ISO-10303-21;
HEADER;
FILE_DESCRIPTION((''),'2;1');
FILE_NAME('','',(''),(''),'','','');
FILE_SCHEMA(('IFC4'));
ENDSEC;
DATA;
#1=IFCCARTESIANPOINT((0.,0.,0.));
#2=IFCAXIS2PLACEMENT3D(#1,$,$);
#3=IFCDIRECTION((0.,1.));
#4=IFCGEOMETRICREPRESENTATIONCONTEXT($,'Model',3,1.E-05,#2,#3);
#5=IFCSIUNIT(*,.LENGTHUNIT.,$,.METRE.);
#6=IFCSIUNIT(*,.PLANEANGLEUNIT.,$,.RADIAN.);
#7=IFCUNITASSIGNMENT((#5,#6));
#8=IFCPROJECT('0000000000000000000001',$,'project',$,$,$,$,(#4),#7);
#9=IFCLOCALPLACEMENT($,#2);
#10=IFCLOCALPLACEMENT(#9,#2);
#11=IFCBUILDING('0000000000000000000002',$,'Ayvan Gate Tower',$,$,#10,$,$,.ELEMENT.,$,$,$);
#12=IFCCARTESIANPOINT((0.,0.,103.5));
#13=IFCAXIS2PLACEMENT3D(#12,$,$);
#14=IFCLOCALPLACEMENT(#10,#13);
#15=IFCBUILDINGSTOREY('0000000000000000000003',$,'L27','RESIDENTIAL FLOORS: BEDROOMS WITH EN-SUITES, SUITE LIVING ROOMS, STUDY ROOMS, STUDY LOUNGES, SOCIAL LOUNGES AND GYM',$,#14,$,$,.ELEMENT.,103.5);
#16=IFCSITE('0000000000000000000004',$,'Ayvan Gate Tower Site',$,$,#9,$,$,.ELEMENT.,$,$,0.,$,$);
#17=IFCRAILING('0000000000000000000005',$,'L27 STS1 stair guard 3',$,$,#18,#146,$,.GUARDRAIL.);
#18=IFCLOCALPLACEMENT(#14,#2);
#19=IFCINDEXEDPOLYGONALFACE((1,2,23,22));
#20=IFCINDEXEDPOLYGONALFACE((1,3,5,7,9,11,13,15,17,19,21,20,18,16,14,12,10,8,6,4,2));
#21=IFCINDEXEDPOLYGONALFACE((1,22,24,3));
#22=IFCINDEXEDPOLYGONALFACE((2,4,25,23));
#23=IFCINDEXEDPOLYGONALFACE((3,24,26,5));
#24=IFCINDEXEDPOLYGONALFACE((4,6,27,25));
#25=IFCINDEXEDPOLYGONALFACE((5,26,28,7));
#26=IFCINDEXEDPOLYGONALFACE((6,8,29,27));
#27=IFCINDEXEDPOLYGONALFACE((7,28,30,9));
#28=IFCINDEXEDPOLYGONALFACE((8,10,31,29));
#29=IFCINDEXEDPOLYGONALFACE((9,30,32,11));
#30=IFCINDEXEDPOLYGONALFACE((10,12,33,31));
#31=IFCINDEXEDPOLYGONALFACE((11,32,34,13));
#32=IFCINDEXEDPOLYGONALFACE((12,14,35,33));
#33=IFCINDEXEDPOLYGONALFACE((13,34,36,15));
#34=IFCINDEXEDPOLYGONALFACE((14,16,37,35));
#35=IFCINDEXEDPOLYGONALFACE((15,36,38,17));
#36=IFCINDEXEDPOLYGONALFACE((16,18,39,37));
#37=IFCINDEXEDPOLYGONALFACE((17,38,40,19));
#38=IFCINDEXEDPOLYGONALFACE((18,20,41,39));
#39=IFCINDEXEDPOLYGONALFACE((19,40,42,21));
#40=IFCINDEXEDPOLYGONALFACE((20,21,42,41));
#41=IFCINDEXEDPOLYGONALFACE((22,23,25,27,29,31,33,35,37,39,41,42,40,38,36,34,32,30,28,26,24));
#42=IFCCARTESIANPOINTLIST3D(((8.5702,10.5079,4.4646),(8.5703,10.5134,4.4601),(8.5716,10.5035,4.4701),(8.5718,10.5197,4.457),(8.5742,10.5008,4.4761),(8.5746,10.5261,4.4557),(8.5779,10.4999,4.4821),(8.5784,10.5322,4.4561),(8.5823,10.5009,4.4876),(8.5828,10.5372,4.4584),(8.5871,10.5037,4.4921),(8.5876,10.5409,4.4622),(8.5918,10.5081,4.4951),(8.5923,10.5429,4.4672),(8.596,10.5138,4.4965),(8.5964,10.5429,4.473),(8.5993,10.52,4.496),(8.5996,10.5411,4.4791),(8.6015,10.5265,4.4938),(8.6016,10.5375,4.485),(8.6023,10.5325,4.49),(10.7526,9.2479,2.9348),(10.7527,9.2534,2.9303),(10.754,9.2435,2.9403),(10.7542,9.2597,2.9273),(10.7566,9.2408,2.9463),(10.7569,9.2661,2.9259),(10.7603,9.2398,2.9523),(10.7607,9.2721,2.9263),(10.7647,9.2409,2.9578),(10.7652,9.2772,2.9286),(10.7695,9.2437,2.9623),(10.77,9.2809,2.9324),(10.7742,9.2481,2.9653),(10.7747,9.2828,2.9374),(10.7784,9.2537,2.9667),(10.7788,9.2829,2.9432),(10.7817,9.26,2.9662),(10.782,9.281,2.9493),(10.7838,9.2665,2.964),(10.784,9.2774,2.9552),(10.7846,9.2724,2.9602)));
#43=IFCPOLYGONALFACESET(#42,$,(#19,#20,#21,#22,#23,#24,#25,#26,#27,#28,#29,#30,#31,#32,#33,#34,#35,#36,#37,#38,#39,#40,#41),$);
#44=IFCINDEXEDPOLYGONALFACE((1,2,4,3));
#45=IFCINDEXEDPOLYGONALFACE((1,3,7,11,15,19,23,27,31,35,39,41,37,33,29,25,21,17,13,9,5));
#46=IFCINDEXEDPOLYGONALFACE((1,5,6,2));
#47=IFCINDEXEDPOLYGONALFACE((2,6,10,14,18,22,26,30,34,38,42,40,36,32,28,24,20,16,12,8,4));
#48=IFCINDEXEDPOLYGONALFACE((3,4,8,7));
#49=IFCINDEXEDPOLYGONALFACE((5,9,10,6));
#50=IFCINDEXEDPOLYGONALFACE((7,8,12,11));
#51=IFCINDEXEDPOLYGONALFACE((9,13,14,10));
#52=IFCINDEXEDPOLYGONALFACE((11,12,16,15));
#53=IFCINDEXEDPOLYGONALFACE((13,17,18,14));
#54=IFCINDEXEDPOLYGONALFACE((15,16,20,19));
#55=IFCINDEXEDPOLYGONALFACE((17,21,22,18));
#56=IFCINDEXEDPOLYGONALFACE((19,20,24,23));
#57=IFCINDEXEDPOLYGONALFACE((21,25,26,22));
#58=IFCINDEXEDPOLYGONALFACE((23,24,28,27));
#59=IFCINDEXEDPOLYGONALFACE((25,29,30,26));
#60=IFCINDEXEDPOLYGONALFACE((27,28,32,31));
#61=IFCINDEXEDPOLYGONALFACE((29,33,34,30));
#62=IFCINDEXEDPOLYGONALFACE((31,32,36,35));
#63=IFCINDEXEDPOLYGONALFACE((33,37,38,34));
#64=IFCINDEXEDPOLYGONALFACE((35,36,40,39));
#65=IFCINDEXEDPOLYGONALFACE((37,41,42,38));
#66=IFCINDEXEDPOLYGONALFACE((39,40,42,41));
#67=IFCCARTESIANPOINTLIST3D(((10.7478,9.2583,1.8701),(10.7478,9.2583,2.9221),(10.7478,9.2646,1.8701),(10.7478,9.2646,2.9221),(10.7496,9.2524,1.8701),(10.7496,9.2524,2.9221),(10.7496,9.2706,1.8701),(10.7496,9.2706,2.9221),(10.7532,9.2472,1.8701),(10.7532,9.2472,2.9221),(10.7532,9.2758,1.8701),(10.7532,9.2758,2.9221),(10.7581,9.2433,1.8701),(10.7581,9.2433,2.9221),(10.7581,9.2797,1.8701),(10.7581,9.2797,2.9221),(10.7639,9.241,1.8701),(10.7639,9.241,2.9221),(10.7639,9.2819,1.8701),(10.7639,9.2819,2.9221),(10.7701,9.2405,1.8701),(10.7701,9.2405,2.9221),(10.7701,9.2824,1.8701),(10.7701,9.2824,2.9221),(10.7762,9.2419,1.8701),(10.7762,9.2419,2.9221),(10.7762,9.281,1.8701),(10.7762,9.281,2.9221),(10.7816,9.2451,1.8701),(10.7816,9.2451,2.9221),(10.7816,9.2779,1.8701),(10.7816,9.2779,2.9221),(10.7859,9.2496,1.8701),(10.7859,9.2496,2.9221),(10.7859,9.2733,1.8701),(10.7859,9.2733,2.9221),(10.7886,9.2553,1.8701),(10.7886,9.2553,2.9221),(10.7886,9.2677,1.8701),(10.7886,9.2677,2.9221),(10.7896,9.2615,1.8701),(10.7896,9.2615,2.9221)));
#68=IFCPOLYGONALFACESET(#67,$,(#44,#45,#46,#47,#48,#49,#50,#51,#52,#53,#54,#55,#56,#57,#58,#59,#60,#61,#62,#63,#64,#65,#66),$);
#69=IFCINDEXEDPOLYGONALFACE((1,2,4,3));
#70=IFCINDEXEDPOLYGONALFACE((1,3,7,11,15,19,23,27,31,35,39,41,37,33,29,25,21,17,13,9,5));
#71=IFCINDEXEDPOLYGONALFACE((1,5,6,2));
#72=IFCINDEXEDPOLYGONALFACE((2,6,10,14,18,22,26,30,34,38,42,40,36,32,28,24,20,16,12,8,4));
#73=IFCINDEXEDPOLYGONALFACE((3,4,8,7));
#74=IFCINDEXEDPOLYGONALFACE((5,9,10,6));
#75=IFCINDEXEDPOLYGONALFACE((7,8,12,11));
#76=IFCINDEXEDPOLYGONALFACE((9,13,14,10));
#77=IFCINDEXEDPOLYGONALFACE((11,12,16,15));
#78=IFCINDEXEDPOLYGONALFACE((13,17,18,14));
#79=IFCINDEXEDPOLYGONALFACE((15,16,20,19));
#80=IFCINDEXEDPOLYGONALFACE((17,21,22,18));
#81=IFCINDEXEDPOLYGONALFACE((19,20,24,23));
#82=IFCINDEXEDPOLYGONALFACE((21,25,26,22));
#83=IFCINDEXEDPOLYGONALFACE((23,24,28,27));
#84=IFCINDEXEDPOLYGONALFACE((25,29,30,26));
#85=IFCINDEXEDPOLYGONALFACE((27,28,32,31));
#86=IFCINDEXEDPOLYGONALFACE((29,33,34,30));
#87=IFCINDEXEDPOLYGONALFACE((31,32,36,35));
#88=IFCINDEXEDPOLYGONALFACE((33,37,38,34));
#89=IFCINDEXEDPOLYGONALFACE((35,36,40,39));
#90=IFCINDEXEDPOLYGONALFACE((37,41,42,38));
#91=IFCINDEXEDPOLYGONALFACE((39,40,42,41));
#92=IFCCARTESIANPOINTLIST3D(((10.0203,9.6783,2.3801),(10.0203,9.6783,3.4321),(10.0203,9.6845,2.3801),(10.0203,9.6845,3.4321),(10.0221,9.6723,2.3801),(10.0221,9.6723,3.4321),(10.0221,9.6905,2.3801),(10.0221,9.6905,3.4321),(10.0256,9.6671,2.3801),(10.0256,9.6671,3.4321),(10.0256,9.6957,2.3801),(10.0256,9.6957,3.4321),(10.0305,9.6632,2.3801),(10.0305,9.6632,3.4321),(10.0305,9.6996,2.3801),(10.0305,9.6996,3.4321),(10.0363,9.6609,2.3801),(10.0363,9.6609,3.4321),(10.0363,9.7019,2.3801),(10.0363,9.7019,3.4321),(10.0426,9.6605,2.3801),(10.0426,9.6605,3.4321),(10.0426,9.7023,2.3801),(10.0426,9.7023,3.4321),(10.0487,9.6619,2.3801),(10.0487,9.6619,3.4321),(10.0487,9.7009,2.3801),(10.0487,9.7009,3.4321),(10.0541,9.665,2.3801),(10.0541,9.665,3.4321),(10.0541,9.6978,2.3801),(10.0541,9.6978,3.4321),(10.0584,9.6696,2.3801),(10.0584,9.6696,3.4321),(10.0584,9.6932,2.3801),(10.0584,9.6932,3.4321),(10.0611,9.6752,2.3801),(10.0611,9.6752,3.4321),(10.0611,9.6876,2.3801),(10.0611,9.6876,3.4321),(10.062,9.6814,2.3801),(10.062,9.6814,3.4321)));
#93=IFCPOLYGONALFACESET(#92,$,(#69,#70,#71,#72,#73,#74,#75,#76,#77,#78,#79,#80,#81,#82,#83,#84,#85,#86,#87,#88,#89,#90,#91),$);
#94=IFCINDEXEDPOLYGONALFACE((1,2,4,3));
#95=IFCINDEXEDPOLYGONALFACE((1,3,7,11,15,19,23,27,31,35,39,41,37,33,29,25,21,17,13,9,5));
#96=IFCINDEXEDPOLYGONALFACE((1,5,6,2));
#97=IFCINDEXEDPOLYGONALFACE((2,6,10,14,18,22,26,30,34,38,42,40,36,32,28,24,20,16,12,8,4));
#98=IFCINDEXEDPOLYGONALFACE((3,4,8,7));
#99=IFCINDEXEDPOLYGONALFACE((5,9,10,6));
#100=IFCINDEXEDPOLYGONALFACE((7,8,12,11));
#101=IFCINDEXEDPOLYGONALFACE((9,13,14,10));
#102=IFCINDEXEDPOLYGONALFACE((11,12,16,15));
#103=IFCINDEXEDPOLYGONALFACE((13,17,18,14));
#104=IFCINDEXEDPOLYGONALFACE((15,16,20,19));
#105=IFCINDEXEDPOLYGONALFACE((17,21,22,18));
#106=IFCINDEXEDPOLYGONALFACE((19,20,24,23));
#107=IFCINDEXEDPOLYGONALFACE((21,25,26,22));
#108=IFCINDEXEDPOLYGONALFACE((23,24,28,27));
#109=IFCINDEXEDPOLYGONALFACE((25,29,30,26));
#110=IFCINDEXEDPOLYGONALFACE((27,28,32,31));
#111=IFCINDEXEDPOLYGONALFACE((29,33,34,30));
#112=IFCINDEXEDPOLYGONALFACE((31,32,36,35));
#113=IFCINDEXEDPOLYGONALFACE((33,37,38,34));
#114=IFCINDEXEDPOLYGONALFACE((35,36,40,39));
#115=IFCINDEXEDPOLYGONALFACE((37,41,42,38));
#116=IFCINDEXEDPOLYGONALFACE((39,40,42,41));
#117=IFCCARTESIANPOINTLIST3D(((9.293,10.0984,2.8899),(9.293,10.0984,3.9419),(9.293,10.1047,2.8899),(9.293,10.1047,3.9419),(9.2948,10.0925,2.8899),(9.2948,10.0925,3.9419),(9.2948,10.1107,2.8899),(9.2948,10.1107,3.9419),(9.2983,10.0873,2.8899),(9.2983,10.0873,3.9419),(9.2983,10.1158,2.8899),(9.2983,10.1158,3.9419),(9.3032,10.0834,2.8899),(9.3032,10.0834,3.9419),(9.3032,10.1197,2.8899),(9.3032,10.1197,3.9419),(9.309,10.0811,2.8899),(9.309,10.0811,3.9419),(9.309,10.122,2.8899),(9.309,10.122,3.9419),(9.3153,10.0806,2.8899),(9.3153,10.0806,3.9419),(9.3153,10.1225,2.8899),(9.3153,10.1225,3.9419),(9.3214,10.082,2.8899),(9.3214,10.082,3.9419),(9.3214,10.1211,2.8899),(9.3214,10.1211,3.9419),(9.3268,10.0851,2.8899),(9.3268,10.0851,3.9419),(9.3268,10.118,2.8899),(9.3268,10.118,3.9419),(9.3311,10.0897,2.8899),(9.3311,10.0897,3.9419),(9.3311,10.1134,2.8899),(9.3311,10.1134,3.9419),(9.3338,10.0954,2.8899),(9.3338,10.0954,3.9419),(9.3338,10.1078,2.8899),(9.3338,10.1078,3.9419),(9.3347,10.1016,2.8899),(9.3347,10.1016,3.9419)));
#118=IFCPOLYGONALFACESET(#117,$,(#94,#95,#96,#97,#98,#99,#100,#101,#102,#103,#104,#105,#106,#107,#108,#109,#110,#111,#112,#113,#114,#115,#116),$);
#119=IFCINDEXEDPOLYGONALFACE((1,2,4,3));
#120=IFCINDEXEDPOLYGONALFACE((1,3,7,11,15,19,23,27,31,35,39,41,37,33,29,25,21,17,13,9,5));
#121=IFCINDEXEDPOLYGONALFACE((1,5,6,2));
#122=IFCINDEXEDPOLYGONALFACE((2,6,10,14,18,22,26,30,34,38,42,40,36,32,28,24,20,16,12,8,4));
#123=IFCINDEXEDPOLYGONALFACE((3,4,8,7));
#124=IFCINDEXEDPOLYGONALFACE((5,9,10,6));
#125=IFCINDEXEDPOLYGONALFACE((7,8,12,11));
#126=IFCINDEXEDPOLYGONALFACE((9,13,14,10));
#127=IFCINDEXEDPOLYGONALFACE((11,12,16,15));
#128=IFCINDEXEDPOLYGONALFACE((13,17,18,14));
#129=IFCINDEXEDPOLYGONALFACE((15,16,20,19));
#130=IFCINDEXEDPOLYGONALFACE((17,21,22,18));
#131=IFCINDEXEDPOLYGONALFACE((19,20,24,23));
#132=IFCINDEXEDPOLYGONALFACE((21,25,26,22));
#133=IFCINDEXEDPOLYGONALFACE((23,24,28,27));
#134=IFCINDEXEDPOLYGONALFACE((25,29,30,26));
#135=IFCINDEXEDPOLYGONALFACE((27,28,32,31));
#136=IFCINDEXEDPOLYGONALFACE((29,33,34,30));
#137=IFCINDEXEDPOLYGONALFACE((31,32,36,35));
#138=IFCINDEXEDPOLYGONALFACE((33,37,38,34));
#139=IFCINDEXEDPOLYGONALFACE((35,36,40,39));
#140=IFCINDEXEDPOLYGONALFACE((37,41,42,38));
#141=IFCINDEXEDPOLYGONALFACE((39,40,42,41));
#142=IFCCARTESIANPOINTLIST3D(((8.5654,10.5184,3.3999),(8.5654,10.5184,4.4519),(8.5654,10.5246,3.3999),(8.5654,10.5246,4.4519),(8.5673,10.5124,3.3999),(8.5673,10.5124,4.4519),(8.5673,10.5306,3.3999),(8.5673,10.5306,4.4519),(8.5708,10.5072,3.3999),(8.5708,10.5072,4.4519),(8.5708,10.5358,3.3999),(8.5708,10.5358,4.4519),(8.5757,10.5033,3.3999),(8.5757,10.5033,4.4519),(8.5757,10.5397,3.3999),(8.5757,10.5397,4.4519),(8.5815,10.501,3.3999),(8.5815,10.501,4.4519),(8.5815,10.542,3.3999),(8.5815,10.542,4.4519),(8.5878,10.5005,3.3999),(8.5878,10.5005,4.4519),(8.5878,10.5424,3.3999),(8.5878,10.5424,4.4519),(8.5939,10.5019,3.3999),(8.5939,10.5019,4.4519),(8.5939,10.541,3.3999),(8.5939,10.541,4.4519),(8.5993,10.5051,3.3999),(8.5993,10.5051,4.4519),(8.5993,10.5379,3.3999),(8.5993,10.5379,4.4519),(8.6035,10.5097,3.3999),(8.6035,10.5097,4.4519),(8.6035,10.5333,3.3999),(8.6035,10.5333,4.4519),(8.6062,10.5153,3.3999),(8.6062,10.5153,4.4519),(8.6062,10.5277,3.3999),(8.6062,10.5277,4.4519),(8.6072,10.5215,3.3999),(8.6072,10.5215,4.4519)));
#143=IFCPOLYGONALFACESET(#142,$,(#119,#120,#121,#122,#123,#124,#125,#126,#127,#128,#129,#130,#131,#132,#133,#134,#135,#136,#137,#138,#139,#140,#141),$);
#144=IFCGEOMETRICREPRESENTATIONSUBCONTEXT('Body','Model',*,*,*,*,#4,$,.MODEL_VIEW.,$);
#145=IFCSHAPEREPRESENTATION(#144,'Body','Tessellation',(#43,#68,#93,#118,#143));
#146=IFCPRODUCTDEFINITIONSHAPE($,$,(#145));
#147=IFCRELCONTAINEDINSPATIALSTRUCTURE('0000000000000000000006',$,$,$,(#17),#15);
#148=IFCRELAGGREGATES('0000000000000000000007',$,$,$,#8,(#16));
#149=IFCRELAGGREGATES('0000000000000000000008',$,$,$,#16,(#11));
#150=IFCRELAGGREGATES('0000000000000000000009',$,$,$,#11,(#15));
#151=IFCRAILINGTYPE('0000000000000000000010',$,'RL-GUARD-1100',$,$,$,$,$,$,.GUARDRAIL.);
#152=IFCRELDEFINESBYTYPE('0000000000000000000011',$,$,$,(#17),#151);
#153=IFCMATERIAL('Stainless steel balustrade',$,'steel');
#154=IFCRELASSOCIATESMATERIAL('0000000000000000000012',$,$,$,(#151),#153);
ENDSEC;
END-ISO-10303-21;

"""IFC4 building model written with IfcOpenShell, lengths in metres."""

from ifc_helpers import new_model, si_unit, direction, frame, origin, origin_2d, place, context, subcontext, project, spatial, circle, extrude, material, type_object, element, save


model = new_model("IFC4")

# Units and contexts
model_context = context("Model", 3, precision=1e-05, world=origin(), true_north=direction((0.0, 1.0)))
body_context = subcontext(model_context, "Body", "Model", "MODEL_VIEW")
ifc_project = project(units=[si_unit("LENGTHUNIT", "METRE"), si_unit("PLANEANGLEUNIT", "RADIAN")], contexts=[model_context])

# Site, building, storey
site_placement = place(None, origin())
site = spatial("IfcSite", under=ifc_project, at=site_placement, Name="Ayvan Gate Tower Site", CompositionType="ELEMENT", RefElevation=0.0)
building_placement = place(site_placement, origin())
building = spatial("IfcBuilding", under=site, at=building_placement, Name="Ayvan Gate Tower", CompositionType="ELEMENT")
storey_placement = place(building_placement, frame((0.0, 0.0, 103.5)))
storey = spatial("IfcBuildingStorey", under=building, at=storey_placement, Name="L27", Description="RESIDENTIAL FLOORS: BEDROOMS WITH EN-SUITES, SUITE LIVING ROOMS, STUDY ROOMS, STUDY LOUNGES, SOCIAL LOUNGES AND GYM", CompositionType="ELEMENT", Elevation=103.5)

# Railing
ifc_material_1 = material(Name="Stainless steel balustrade", Category="steel")
railing_type_1 = type_object("IfcRailingType", Name="RL-GUARD-1100", PredefinedType="GUARDRAIL", material=ifc_material_1)
railing_1_placement = place(storey_placement, frame((10.7686, 9.2615, 1.8701)))
element("IfcRailing", 1, at=railing_1_placement, inside=storey, type_object=railing_type_1, Name="L27 STS1 stair guard 3", PredefinedType="GUARDRAIL", context=body_context, shape_type="SweptSolid", body=[
    extrude(circle(Radius=0.0239, at=origin_2d()), frame((0.0, 0.0, 1.0762), z_axis=(-0.740293, 0.427414, 0.518926), x_axis=(-0.500005, -0.866023, 0.0)), (0.0, 0.0, 1.0), 2.948),
    extrude(circle(Radius=0.021, at=origin_2d()), origin(), (0.0, 0.0, 1.0), 1.052),
    extrude(circle(Radius=0.021, at=origin_2d()), frame((-0.7275, 0.4199, 0.51)), (0.0, 0.0, 1.0), 1.052),
    extrude(circle(Radius=0.021, at=origin_2d()), frame((-1.4548, 0.8401, 1.0198)), (0.0, 0.0, 1.0), 1.052),
    extrude(circle(Radius=0.021, at=origin_2d()), frame((-2.1824, 1.26, 1.5298)), (0.0, 0.0, 1.0), 1.052),
])

save(model, "model.ifc")
